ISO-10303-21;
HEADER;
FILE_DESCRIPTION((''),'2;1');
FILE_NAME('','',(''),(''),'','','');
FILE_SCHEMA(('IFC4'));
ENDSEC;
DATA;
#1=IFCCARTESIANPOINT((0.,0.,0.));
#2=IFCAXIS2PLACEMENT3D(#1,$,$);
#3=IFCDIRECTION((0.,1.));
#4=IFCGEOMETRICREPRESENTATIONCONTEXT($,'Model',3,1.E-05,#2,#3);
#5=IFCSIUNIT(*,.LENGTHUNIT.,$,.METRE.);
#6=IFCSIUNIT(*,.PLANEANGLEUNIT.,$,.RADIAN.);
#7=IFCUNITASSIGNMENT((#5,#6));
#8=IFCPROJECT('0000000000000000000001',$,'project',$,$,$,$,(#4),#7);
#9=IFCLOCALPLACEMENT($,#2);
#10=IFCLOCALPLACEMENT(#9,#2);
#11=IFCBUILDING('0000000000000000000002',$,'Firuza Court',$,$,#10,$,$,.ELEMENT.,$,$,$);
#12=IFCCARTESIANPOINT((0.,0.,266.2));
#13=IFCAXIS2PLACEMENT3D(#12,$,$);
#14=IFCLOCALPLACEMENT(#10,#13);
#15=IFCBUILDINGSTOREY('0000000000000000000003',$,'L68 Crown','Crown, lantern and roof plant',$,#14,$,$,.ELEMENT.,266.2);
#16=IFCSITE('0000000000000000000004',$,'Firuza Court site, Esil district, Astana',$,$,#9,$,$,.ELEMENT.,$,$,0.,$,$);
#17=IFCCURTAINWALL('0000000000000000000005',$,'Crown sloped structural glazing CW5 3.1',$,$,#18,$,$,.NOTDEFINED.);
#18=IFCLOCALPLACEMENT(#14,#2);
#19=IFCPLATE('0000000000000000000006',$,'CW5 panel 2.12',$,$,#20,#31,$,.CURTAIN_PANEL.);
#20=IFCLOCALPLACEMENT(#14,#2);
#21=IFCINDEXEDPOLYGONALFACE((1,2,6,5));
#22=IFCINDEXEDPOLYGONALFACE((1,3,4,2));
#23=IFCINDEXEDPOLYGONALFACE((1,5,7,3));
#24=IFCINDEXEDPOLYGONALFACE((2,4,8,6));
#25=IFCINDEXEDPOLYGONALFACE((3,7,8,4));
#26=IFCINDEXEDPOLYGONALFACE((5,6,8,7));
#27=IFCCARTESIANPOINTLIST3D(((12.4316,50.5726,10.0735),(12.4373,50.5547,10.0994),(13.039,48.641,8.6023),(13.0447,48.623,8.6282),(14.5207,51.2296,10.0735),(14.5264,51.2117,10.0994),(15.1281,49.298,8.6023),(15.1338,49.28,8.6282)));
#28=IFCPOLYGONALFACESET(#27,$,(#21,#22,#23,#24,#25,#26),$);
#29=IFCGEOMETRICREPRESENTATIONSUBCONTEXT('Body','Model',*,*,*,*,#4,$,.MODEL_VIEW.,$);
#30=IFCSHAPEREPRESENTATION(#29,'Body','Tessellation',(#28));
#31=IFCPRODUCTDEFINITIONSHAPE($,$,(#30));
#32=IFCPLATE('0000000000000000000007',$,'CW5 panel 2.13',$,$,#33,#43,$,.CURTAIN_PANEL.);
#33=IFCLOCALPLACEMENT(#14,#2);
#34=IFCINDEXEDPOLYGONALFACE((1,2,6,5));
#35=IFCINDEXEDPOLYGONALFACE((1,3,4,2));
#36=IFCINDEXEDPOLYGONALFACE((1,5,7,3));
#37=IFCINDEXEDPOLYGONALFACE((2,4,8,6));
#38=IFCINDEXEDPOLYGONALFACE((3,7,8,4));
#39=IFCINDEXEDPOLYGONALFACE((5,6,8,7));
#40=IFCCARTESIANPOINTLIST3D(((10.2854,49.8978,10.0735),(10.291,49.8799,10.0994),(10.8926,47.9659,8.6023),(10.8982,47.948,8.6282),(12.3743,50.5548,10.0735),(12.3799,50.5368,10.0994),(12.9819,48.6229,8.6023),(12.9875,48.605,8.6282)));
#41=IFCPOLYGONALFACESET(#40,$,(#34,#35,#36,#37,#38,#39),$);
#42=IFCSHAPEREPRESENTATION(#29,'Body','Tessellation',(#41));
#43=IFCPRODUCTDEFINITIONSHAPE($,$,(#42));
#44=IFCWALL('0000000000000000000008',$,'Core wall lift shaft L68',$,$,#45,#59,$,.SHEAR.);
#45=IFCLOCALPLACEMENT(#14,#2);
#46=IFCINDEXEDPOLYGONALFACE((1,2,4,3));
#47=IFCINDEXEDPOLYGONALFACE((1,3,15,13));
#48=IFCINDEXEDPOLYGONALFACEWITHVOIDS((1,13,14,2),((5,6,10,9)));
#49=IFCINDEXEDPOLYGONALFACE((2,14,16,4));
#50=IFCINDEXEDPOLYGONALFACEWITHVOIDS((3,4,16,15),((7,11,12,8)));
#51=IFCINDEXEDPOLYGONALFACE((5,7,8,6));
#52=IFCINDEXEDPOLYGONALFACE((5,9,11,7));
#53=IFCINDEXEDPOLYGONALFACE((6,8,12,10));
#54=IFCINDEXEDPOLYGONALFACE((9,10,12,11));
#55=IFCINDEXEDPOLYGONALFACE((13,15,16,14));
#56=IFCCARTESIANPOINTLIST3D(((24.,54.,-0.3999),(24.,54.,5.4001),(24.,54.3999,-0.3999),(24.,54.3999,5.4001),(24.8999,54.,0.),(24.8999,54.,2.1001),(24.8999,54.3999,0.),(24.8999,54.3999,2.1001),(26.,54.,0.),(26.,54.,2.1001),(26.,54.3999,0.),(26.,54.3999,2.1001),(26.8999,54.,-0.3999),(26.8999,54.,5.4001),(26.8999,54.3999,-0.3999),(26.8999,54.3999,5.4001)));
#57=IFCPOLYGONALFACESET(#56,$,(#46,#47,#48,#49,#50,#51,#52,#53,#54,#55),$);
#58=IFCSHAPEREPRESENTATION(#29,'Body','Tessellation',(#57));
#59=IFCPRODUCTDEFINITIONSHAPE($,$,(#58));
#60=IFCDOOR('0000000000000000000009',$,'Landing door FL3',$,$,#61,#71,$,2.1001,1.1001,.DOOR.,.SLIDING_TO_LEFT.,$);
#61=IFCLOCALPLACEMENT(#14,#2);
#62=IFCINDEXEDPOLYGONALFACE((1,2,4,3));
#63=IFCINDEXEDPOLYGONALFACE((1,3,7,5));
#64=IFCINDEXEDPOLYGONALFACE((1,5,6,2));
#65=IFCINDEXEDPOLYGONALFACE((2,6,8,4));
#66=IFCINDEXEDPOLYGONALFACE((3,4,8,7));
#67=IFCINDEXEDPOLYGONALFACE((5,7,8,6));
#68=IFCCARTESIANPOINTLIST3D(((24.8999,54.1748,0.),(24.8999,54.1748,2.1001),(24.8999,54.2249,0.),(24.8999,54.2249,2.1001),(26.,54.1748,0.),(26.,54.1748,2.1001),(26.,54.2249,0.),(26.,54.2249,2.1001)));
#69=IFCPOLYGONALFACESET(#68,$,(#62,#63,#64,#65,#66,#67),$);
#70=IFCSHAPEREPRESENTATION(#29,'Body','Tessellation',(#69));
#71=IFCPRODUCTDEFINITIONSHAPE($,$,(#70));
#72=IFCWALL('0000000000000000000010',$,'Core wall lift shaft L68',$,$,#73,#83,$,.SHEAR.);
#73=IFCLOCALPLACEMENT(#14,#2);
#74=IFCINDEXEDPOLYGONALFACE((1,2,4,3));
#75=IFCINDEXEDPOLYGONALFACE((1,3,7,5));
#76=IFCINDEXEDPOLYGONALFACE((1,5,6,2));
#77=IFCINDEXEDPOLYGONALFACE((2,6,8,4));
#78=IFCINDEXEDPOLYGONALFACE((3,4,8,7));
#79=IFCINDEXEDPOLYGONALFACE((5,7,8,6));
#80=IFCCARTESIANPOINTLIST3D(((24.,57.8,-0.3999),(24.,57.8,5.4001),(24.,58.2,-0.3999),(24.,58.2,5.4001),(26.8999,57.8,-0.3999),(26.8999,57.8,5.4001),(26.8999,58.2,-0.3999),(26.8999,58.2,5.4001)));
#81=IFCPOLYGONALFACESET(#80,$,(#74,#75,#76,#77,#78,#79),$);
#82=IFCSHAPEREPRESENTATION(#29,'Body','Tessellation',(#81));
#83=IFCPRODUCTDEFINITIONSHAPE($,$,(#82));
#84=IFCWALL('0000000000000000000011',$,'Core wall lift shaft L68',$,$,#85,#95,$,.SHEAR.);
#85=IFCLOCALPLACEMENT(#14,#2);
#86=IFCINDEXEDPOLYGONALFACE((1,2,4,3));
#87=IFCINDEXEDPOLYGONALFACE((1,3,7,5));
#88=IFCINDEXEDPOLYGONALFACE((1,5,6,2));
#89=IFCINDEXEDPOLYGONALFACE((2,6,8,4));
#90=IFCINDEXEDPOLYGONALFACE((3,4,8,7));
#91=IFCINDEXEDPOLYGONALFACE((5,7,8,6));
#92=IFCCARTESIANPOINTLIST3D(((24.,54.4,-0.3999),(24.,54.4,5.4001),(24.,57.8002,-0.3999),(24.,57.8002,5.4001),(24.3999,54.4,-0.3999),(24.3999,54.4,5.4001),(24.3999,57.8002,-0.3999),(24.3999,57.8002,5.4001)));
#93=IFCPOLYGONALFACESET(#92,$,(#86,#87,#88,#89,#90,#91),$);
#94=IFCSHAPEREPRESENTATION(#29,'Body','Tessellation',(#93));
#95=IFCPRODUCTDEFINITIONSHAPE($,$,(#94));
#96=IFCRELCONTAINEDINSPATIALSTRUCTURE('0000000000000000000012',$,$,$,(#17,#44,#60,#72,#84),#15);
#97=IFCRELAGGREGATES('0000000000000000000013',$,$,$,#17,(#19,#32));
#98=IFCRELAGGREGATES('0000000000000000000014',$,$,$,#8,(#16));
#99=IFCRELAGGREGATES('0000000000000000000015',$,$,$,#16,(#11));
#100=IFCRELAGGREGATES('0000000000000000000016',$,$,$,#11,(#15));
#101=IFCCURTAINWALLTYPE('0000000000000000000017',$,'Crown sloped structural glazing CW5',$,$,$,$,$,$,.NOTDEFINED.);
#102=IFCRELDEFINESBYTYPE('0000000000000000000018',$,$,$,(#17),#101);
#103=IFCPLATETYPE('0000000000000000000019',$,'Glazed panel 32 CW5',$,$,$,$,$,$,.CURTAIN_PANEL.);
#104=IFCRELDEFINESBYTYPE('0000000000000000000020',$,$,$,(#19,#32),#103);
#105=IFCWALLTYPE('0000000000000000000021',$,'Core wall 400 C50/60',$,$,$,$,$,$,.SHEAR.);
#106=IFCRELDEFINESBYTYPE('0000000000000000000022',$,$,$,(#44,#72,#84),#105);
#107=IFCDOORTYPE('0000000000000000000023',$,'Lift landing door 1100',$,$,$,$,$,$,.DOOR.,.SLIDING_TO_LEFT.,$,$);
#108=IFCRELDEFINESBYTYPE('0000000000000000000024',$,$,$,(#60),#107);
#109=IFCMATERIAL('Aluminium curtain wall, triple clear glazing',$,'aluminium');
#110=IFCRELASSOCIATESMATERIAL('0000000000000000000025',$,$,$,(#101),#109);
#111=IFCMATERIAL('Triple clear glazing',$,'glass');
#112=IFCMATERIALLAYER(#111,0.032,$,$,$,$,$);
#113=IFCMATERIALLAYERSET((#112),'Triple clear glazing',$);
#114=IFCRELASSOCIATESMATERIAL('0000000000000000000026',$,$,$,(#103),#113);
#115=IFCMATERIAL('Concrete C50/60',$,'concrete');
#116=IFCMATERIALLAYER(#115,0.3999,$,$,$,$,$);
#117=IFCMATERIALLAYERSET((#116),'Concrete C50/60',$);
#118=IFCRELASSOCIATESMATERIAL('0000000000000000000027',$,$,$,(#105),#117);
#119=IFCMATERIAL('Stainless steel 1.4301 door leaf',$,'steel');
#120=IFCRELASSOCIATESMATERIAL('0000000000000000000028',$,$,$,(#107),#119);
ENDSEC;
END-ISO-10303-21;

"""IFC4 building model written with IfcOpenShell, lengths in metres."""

from ifc_helpers import new_model, si_unit, direction, frame, frame_2d, origin, place, context, subcontext, project, spatial, polyline, rectangle, outline, extrude, material, layer, layer_set, type_object, element, fill, aggregate, save


model = new_model("IFC4")

# Units and contexts
model_context = context("Model", 3, precision=1e-05, world=origin(), true_north=direction((0.0, 1.0)))
body_context = subcontext(model_context, "Body", "Model", "MODEL_VIEW")
ifc_project = project(units=[si_unit("LENGTHUNIT", "METRE"), si_unit("PLANEANGLEUNIT", "RADIAN")], contexts=[model_context])

# Site, building, storey
site_placement = place(None, origin())
site = spatial("IfcSite", under=ifc_project, at=site_placement, Name="Firuza Court site, Esil district, Astana", CompositionType="ELEMENT", RefElevation=0.0)
building_placement = place(site_placement, origin())
building = spatial("IfcBuilding", under=site, at=building_placement, Name="Firuza Court", CompositionType="ELEMENT")
storey_placement = place(building_placement, frame((0.0, 0.0, 266.2)))
storey = spatial("IfcBuildingStorey", under=building, at=storey_placement, Name="L68 Crown", Description="Crown, lantern and roof plant", CompositionType="ELEMENT", Elevation=266.2)

# Curtain wall
ifc_material_1 = material(Name="Aluminium curtain wall, triple clear glazing", Category="aluminium")
curtain_wall_type = type_object("IfcCurtainWallType", Name="Crown sloped structural glazing CW5", PredefinedType="NOTDEFINED", material=ifc_material_1)
curtain_wall_1_placement = place(storey_placement, origin())
curtain_wall_1 = element("IfcCurtainWall", 1, at=curtain_wall_1_placement, inside=storey, type_object=curtain_wall_type, Name="Crown sloped structural glazing CW5 3.1", PredefinedType="NOTDEFINED")

# Plates
ifc_material_2 = material(Name="Triple clear glazing", Category="glass")
ifc_layer_1 = layer(ifc_material_2, 0.032)
ifc_layer_set_1 = layer_set([ifc_layer_1], Name="Triple clear glazing")
plate_type = type_object("IfcPlateType", Name="Glazed panel 32 CW5", PredefinedType="CURTAIN_PANEL", material=ifc_layer_set_1)
plate_1_placement = place(storey_placement, frame((15.1338, 49.28, 8.6282), z_axis=(0.176334, -0.560717, 0.809013), x_axis=(-0.953941, -0.299995, 0.0)))
plate_1 = element("IfcPlate", 2, at=plate_1_placement, type_object=plate_type, Name="CW5 panel 2.12", PredefinedType="CURTAIN_PANEL", context=body_context, shape_type="SweptSolid", body=[
    extrude(outline(polyline([(0.0, 0.0), (2.19, 0.0), (2.1899, -2.5029), (0.0, -2.5029), (0.0, 0.0)])), origin(), (0.0, 0.0, -1.0), 0.032),
])
plate_2_placement = place(storey_placement, frame((12.9875, 48.605, 8.6282), z_axis=(0.176321, -0.560675, 0.809045), x_axis=(-0.953947, -0.299974, 0.000016)))
plate_2 = element("IfcPlate", 3, at=plate_2_placement, type_object=plate_type, Name="CW5 panel 2.13", PredefinedType="CURTAIN_PANEL", context=body_context, shape_type="SweptSolid", body=[
    extrude(outline(polyline([(0.0, 0.0), (2.1902, 0.0), (2.1899, -2.503), (0.0002, -2.5032), (0.0, 0.0)])), origin(), (0.0, 0.0, -1.0), 0.032),
])
aggregate(curtain_wall_1, [plate_1, plate_2])

# Wall, opening, door
ifc_material_3 = material(Name="Concrete C50/60", Category="concrete")
ifc_layer_2 = layer(ifc_material_3, 0.3999)
ifc_layer_set_2 = layer_set([ifc_layer_2], Name="Concrete C50/60")
wall_type = type_object("IfcWallType", Name="Core wall 400 C50/60", PredefinedType="SHEAR", material=ifc_layer_set_2)
wall_1_placement = place(storey_placement, frame((24.0, 54.2, -0.3999), z_axis=(0.0, 0.0, 1.0), x_axis=(1.0, 0.0, 0.0)))
wall_1 = element("IfcWall", 4, at=wall_1_placement, inside=storey, type_object=wall_type, Name="Core wall lift shaft L68", PredefinedType="SHEAR", context=body_context, shape_type="SweptSolid", body=[
    extrude(rectangle(XDim=2.8999, YDim=0.3999, at=frame_2d((1.45, 0.0))), origin(), (0.0, 0.0, 1.0), 5.8),
])
opening_placement = place(wall_1_placement, frame((0.8999, 0.0, 0.3999)))
opening = element("IfcOpeningElement", 5, at=opening_placement, cuts=wall_1, PredefinedType="OPENING", context=body_context, shape_type="SweptSolid", body=[
    extrude(rectangle(XDim=1.1001, YDim=2.1001, at=frame_2d((0.55, 1.05))), frame((0.0, 0.2119, 0.0), z_axis=(0.0, -1.0, 0.0), x_axis=(1.0, 0.0, 0.0)), (0.0, 0.0, 1.0), 0.4238),
])
ifc_material_4 = material(Name="Stainless steel 1.4301 door leaf", Category="steel")
door_type = type_object("IfcDoorType", Name="Lift landing door 1100", OperationType="SLIDING_TO_LEFT", PredefinedType="DOOR", material=ifc_material_4)
door_placement = place(opening_placement, origin())
door = element("IfcDoor", 6, at=door_placement, inside=storey, type_object=door_type, Name="Landing door FL3", OperationType="SLIDING_TO_LEFT", OverallHeight=2.1001, OverallWidth=1.1001, PredefinedType="DOOR", context=body_context, shape_type="SweptSolid", body=[
    extrude(rectangle(XDim=1.1001, YDim=2.1001, at=frame_2d((0.55, 1.05))), frame((0.0, 0.0249, 0.0), z_axis=(0.0, -1.0, 0.0), x_axis=(1.0, 0.0, 0.0)), (0.0, 0.0, 1.0), 0.05),
])
fill(opening, door)

# Walls
wall_2_placement = place(storey_placement, frame((24.0, 58.0, -0.3999), z_axis=(0.0, 0.0, 1.0), x_axis=(1.0, 0.0, 0.0)))
element("IfcWall", 7, at=wall_2_placement, inside=storey, type_object=wall_type, Name="Core wall lift shaft L68", PredefinedType="SHEAR", context=body_context, shape_type="SweptSolid", body=[
    extrude(rectangle(XDim=2.8999, YDim=0.3999, at=frame_2d((1.45, 0.0))), origin(), (0.0, 0.0, 1.0), 5.8),
])
wall_3_placement = place(storey_placement, frame((24.2, 54.3999, -0.3999), z_axis=(0.0, 0.0, 1.0), x_axis=(0.0, 1.0, 0.0)))
element("IfcWall", 8, at=wall_3_placement, inside=storey, type_object=wall_type, Name="Core wall lift shaft L68", PredefinedType="SHEAR", context=body_context, shape_type="SweptSolid", body=[
    extrude(rectangle(XDim=3.4001, YDim=0.3999, at=frame_2d((1.7002, 0.0))), origin(), (0.0, 0.0, 1.0), 5.8),
])

save(model, "model.ifc")
